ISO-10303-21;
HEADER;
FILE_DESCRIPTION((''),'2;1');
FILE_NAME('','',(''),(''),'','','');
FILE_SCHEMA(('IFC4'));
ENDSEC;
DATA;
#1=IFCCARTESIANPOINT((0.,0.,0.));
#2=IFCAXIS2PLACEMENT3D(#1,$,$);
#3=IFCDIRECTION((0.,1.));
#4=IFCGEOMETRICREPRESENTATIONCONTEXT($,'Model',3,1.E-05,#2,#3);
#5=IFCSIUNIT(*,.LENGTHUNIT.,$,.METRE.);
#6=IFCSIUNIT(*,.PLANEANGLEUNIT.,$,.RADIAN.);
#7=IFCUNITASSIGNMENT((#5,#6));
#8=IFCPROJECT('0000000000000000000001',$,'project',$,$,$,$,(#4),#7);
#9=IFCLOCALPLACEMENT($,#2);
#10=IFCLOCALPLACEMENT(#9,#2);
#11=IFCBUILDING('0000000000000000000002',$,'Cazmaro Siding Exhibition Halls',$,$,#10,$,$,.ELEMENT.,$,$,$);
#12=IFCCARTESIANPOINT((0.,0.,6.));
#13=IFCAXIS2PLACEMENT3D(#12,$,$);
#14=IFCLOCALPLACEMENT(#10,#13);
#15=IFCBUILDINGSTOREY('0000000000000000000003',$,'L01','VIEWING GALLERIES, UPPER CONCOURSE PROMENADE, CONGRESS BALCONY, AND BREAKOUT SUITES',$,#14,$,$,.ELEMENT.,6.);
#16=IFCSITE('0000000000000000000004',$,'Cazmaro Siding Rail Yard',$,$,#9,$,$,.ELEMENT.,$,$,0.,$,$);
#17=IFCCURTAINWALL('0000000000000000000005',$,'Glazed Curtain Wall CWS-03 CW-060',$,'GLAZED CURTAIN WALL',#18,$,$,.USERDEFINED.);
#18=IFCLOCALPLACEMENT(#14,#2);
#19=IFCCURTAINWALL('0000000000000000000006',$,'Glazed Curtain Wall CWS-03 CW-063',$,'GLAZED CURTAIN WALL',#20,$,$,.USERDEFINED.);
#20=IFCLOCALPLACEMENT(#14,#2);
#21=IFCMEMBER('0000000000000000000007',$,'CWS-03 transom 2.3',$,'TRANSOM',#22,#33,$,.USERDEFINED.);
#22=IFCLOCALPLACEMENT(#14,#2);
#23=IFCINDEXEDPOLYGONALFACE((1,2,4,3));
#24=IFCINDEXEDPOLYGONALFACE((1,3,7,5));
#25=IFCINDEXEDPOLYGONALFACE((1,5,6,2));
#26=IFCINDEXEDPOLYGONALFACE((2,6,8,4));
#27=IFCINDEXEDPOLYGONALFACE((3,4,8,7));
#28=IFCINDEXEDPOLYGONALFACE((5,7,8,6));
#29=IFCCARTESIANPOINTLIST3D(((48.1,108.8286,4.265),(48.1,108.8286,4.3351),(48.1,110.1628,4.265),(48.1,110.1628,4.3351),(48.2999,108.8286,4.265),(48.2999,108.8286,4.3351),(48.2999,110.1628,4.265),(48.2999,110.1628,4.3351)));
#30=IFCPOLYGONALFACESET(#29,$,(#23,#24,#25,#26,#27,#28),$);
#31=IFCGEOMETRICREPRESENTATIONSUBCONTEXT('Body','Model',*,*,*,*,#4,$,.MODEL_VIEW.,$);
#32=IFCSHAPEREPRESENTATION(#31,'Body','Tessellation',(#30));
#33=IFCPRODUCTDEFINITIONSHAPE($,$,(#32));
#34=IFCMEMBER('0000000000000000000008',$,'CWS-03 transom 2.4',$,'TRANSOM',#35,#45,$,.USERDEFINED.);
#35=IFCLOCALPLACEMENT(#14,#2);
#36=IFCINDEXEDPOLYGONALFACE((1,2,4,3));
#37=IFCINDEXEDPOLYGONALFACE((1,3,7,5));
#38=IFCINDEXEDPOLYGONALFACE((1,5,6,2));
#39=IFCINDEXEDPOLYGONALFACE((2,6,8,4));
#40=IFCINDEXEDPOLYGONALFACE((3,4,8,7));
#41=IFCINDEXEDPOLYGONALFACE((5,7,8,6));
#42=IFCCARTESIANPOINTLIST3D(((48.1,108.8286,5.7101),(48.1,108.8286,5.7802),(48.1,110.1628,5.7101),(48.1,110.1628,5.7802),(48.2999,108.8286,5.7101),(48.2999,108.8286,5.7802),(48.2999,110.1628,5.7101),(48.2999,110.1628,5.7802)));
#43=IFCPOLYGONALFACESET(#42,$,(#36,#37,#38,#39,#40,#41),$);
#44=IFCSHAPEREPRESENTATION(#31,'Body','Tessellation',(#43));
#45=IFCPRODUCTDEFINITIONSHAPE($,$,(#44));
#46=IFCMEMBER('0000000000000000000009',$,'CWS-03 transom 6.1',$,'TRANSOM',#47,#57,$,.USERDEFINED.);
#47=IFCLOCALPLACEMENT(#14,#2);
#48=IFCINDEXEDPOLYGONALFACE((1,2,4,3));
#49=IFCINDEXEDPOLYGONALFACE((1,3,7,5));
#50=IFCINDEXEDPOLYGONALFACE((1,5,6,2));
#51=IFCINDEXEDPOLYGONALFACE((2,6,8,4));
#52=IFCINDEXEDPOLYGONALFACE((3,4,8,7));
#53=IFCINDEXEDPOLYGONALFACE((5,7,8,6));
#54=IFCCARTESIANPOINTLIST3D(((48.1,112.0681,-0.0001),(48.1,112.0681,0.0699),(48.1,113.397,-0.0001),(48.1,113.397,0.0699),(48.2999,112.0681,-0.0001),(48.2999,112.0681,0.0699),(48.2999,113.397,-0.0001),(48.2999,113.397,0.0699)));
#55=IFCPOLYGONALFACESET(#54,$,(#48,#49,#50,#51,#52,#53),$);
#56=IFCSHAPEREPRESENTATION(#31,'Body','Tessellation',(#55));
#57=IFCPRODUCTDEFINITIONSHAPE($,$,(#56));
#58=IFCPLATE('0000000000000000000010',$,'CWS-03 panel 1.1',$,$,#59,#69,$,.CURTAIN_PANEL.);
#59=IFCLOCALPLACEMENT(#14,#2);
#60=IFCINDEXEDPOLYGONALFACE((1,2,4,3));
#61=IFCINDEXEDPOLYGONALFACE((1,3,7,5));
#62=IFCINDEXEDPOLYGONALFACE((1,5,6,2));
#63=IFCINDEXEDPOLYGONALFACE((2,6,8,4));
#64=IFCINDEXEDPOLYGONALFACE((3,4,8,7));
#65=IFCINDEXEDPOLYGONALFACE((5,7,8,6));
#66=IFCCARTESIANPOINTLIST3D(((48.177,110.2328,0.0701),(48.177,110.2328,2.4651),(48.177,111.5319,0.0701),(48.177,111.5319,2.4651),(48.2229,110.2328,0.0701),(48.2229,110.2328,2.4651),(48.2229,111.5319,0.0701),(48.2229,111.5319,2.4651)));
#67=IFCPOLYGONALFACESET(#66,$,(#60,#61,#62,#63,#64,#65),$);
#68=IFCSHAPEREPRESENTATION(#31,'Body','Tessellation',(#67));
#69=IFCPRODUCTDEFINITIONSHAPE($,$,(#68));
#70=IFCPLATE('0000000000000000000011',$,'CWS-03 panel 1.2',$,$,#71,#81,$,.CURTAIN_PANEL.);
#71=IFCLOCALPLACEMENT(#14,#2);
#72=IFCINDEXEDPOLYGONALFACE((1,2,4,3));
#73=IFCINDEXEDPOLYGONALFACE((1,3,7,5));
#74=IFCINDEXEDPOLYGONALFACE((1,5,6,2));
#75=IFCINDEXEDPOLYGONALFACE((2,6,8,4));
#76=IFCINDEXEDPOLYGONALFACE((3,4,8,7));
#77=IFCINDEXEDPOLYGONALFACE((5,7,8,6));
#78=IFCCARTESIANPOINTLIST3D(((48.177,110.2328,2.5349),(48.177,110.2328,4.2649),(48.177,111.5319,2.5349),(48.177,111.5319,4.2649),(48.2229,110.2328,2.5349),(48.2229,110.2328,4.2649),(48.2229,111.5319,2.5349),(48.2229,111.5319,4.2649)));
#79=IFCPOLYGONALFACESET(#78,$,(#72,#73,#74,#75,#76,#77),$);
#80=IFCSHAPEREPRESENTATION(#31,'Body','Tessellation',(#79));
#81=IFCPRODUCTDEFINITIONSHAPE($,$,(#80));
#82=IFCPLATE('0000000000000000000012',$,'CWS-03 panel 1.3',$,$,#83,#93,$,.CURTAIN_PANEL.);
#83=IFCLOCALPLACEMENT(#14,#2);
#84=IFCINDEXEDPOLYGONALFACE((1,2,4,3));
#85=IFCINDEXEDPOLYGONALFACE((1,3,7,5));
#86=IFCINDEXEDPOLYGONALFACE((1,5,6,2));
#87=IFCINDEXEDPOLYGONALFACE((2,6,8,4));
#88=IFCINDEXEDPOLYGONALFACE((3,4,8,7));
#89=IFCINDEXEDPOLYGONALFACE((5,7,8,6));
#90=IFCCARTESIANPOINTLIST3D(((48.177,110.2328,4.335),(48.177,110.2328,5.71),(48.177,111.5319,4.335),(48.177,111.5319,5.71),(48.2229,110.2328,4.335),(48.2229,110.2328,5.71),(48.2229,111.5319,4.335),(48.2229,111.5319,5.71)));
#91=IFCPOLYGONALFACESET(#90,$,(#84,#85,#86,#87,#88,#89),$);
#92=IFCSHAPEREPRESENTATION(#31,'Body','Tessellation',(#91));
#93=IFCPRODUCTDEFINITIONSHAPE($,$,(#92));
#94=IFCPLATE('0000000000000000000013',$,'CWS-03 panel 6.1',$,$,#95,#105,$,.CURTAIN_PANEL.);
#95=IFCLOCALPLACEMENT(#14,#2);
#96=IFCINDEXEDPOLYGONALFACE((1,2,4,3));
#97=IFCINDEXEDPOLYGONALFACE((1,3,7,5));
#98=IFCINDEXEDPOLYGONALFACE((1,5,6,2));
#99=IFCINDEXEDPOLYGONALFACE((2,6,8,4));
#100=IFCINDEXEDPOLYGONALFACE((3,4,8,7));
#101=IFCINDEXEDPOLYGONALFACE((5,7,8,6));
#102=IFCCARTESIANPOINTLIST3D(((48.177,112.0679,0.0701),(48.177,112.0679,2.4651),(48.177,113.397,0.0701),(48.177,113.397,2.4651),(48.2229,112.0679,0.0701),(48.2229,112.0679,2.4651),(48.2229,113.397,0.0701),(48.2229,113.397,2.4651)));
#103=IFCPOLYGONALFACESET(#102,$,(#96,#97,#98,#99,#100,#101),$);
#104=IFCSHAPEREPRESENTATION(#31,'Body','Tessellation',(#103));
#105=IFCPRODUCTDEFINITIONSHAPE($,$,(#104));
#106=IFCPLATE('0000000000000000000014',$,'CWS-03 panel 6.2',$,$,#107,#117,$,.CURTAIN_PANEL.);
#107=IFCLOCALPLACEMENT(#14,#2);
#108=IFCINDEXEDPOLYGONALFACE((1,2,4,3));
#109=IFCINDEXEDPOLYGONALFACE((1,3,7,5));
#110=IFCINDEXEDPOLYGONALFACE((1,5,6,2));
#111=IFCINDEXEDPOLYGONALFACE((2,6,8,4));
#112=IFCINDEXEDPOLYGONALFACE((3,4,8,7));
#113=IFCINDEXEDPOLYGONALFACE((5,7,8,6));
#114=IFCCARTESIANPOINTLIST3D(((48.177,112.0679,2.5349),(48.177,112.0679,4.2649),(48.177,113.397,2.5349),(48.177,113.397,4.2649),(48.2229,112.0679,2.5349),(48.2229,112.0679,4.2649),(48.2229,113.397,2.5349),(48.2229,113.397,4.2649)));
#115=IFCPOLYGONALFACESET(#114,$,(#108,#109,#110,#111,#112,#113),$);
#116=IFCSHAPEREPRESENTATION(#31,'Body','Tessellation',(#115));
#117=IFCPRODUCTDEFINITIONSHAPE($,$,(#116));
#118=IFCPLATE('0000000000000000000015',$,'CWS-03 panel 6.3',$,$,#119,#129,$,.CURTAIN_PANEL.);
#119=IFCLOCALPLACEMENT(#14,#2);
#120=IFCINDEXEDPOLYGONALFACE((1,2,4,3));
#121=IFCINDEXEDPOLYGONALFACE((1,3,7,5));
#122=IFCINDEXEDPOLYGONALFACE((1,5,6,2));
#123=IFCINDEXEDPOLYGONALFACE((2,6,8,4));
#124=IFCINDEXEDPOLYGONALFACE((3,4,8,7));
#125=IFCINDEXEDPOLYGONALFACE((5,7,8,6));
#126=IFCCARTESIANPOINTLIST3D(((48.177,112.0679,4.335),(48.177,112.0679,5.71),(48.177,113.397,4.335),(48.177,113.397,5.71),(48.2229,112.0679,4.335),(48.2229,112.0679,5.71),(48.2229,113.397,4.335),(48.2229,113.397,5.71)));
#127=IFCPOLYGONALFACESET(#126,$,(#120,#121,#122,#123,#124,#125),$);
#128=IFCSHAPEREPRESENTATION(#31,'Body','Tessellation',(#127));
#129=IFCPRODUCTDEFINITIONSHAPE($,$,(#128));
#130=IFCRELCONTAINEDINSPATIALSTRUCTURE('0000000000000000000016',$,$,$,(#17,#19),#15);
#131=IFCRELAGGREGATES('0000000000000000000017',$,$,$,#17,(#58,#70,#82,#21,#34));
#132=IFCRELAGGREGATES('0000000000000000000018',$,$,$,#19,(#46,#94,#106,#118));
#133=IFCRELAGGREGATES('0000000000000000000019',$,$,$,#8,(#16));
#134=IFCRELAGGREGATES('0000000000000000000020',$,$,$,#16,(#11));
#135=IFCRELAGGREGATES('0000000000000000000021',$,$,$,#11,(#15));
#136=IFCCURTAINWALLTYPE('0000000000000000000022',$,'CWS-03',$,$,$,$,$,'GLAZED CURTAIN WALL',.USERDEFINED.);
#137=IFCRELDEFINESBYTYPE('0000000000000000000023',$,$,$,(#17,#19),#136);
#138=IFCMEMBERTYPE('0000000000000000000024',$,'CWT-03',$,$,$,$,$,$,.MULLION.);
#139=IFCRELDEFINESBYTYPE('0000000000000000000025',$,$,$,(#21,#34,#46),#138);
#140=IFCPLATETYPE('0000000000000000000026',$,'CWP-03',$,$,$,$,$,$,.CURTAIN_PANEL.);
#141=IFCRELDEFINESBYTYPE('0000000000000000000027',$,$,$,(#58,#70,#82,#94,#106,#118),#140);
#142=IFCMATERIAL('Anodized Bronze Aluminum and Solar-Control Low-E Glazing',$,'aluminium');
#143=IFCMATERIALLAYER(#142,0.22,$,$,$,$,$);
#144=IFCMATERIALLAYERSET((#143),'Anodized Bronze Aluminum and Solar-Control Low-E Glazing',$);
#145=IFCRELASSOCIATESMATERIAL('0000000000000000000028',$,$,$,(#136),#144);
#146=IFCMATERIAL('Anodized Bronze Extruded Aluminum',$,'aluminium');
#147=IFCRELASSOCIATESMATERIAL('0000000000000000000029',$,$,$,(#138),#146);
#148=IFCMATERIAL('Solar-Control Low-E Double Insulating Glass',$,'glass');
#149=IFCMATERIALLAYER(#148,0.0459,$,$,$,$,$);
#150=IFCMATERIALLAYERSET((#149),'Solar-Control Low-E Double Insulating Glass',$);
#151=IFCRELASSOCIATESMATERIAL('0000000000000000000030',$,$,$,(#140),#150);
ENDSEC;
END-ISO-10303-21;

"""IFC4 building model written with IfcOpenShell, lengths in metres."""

from ifc_helpers import new_model, si_unit, direction, frame, origin, origin_2d, place, context, subcontext, project, spatial, rectangle, extrude, material, layer, layer_set, material_profile, profile_set, type_object, element, aggregate, save


model = new_model("IFC4")

# Units and contexts
model_context = context("Model", 3, precision=1e-05, world=origin(), true_north=direction((0.0, 1.0)))
body_context = subcontext(model_context, "Body", "Model", "MODEL_VIEW")
ifc_project = project(units=[si_unit("LENGTHUNIT", "METRE"), si_unit("PLANEANGLEUNIT", "RADIAN")], contexts=[model_context])

# Site, building, storey
site_placement = place(None, origin())
site = spatial("IfcSite", under=ifc_project, at=site_placement, Name="Cazmaro Siding Rail Yard", CompositionType="ELEMENT", RefElevation=0.0)
building_placement = place(site_placement, origin())
building = spatial("IfcBuilding", under=site, at=building_placement, Name="Cazmaro Siding Exhibition Halls", CompositionType="ELEMENT")
storey_placement = place(building_placement, frame((0.0, 0.0, 6.0)))
storey = spatial("IfcBuildingStorey", under=building, at=storey_placement, Name="L01", Description="VIEWING GALLERIES, UPPER CONCOURSE PROMENADE, CONGRESS BALCONY, AND BREAKOUT SUITES", CompositionType="ELEMENT", Elevation=6.0)

# Curtain wall
ifc_material_1 = material(Name="Anodized Bronze Aluminum and Solar-Control Low-E Glazing", Category="aluminium")
ifc_layer_1 = layer(ifc_material_1, 0.22)
ifc_layer_set_1 = layer_set([ifc_layer_1], Name="Anodized Bronze Aluminum and Solar-Control Low-E Glazing")
curtain_wall_type = type_object("IfcCurtainWallType", Name="CWS-03", ElementType="GLAZED CURTAIN WALL", PredefinedType="USERDEFINED", material=ifc_layer_set_1)
curtain_wall_1_placement = place(storey_placement, origin())
curtain_wall_1 = element("IfcCurtainWall", 1, at=curtain_wall_1_placement, inside=storey, type_object=curtain_wall_type, Name="Glazed Curtain Wall CWS-03 CW-060", ObjectType="GLAZED CURTAIN WALL", PredefinedType="USERDEFINED")

# Curtain wall
curtain_wall_2_placement = place(storey_placement, origin())
curtain_wall_2 = element("IfcCurtainWall", 2, at=curtain_wall_2_placement, inside=storey, type_object=curtain_wall_type, Name="Glazed Curtain Wall CWS-03 CW-063", ObjectType="GLAZED CURTAIN WALL", PredefinedType="USERDEFINED")

# Members
ifc_material_2 = material(Name="Anodized Bronze Extruded Aluminum", Category="aluminium")
ifc_material_profile_1 = material_profile(ifc_material_2, rectangle(XDim=0.2, YDim=0.0701, at=origin_2d()), Name="CWT-03")
ifc_profile_set_1 = profile_set([ifc_material_profile_1], Name="Anodized Bronze Extruded Aluminum")
member_type_1 = type_object("IfcMemberType", Name="CWT-03", PredefinedType="MULLION", material=ifc_profile_set_1)
member_1_placement = place(storey_placement, frame((48.2, 110.1628, 4.3), z_axis=(0.0, -1.0, 0.0), x_axis=(1.0, 0.0, 0.0)))
member_1 = element("IfcMember", 3, at=member_1_placement, type_object=member_type_1, Name="CWS-03 transom 2.3", ObjectType="TRANSOM", PredefinedType="USERDEFINED", context=body_context, shape_type="SweptSolid", body=[
    extrude(rectangle(XDim=0.2, YDim=0.0701, at=origin_2d()), origin(), (0.0, 0.0, 1.0), 1.3342),
])
member_2_placement = place(storey_placement, frame((48.2, 110.1628, 5.7451), z_axis=(0.0, -1.0, 0.0), x_axis=(1.0, 0.0, 0.0)))
member_2 = element("IfcMember", 4, at=member_2_placement, type_object=member_type_1, Name="CWS-03 transom 2.4", ObjectType="TRANSOM", PredefinedType="USERDEFINED", context=body_context, shape_type="SweptSolid", body=[
    extrude(rectangle(XDim=0.2, YDim=0.0701, at=origin_2d()), origin(), (0.0, 0.0, 1.0), 1.3342),
])
member_3_placement = place(storey_placement, frame((48.2, 113.397, 0.0349), z_axis=(0.0, -1.0, 0.0), x_axis=(1.0, 0.0, 0.0)))
member_3 = element("IfcMember", 5, at=member_3_placement, type_object=member_type_1, Name="CWS-03 transom 6.1", ObjectType="TRANSOM", PredefinedType="USERDEFINED", context=body_context, shape_type="SweptSolid", body=[
    extrude(rectangle(XDim=0.2, YDim=0.0701, at=origin_2d()), origin(), (0.0, 0.0, 1.0), 1.3289),
])

# Plates
ifc_material_3 = material(Name="Solar-Control Low-E Double Insulating Glass", Category="glass")
ifc_layer_2 = layer(ifc_material_3, 0.0459)
ifc_layer_set_2 = layer_set([ifc_layer_2], Name="Solar-Control Low-E Double Insulating Glass")
plate_type = type_object("IfcPlateType", Name="CWP-03", PredefinedType="CURTAIN_PANEL", material=ifc_layer_set_2)
plate_1_placement = place(storey_placement, frame((48.2, 110.8823, 0.0701), z_axis=(0.0, 0.0, 1.0), x_axis=(0.0, -1.0, 0.0)))
plate_1 = element("IfcPlate", 6, at=plate_1_placement, type_object=plate_type, Name="CWS-03 panel 1.1", PredefinedType="CURTAIN_PANEL", context=body_context, shape_type="SweptSolid", body=[
    extrude(rectangle(XDim=1.2991, YDim=0.0459, at=origin_2d()), origin(), (0.0, 0.0, 1.0), 2.395),
])
plate_2_placement = place(storey_placement, frame((48.2, 110.8823, 2.5349), z_axis=(0.0, 0.0, 1.0), x_axis=(0.0, -1.0, 0.0)))
plate_2 = element("IfcPlate", 7, at=plate_2_placement, type_object=plate_type, Name="CWS-03 panel 1.2", PredefinedType="CURTAIN_PANEL", context=body_context, shape_type="SweptSolid", body=[
    extrude(rectangle(XDim=1.2991, YDim=0.0459, at=origin_2d()), origin(), (0.0, 0.0, 1.0), 1.73),
])
plate_3_placement = place(storey_placement, frame((48.2, 110.8823, 4.335), z_axis=(0.0, 0.0, 1.0), x_axis=(0.0, -1.0, 0.0)))
plate_3 = element("IfcPlate", 8, at=plate_3_placement, type_object=plate_type, Name="CWS-03 panel 1.3", PredefinedType="CURTAIN_PANEL", context=body_context, shape_type="SweptSolid", body=[
    extrude(rectangle(XDim=1.2991, YDim=0.0459, at=origin_2d()), origin(), (0.0, 0.0, 1.0), 1.375),
])
aggregate(curtain_wall_1, [plate_1, plate_2, plate_3, member_1, member_2])
plate_4_placement = place(storey_placement, frame((48.2, 112.7324, 0.0701), z_axis=(0.0, 0.0, 1.0), x_axis=(0.0, -1.0, 0.0)))
plate_4 = element("IfcPlate", 9, at=plate_4_placement, type_object=plate_type, Name="CWS-03 panel 6.1", PredefinedType="CURTAIN_PANEL", context=body_context, shape_type="SweptSolid", body=[
    extrude(rectangle(XDim=1.3291, YDim=0.0459, at=origin_2d()), origin(), (0.0, 0.0, 1.0), 2.395),
])
plate_5_placement = place(storey_placement, frame((48.2, 112.7324, 2.5349), z_axis=(0.0, 0.0, 1.0), x_axis=(0.0, -1.0, 0.0)))
plate_5 = element("IfcPlate", 10, at=plate_5_placement, type_object=plate_type, Name="CWS-03 panel 6.2", PredefinedType="CURTAIN_PANEL", context=body_context, shape_type="SweptSolid", body=[
    extrude(rectangle(XDim=1.3291, YDim=0.0459, at=origin_2d()), origin(), (0.0, 0.0, 1.0), 1.73),
])
plate_6_placement = place(storey_placement, frame((48.2, 112.7324, 4.335), z_axis=(0.0, 0.0, 1.0), x_axis=(0.0, -1.0, 0.0)))
plate_6 = element("IfcPlate", 11, at=plate_6_placement, type_object=plate_type, Name="CWS-03 panel 6.3", PredefinedType="CURTAIN_PANEL", context=body_context, shape_type="SweptSolid", body=[
    extrude(rectangle(XDim=1.3291, YDim=0.0459, at=origin_2d()), origin(), (0.0, 0.0, 1.0), 1.375),
])
aggregate(curtain_wall_2, [member_3, plate_4, plate_5, plate_6])

save(model, "model.ifc")
